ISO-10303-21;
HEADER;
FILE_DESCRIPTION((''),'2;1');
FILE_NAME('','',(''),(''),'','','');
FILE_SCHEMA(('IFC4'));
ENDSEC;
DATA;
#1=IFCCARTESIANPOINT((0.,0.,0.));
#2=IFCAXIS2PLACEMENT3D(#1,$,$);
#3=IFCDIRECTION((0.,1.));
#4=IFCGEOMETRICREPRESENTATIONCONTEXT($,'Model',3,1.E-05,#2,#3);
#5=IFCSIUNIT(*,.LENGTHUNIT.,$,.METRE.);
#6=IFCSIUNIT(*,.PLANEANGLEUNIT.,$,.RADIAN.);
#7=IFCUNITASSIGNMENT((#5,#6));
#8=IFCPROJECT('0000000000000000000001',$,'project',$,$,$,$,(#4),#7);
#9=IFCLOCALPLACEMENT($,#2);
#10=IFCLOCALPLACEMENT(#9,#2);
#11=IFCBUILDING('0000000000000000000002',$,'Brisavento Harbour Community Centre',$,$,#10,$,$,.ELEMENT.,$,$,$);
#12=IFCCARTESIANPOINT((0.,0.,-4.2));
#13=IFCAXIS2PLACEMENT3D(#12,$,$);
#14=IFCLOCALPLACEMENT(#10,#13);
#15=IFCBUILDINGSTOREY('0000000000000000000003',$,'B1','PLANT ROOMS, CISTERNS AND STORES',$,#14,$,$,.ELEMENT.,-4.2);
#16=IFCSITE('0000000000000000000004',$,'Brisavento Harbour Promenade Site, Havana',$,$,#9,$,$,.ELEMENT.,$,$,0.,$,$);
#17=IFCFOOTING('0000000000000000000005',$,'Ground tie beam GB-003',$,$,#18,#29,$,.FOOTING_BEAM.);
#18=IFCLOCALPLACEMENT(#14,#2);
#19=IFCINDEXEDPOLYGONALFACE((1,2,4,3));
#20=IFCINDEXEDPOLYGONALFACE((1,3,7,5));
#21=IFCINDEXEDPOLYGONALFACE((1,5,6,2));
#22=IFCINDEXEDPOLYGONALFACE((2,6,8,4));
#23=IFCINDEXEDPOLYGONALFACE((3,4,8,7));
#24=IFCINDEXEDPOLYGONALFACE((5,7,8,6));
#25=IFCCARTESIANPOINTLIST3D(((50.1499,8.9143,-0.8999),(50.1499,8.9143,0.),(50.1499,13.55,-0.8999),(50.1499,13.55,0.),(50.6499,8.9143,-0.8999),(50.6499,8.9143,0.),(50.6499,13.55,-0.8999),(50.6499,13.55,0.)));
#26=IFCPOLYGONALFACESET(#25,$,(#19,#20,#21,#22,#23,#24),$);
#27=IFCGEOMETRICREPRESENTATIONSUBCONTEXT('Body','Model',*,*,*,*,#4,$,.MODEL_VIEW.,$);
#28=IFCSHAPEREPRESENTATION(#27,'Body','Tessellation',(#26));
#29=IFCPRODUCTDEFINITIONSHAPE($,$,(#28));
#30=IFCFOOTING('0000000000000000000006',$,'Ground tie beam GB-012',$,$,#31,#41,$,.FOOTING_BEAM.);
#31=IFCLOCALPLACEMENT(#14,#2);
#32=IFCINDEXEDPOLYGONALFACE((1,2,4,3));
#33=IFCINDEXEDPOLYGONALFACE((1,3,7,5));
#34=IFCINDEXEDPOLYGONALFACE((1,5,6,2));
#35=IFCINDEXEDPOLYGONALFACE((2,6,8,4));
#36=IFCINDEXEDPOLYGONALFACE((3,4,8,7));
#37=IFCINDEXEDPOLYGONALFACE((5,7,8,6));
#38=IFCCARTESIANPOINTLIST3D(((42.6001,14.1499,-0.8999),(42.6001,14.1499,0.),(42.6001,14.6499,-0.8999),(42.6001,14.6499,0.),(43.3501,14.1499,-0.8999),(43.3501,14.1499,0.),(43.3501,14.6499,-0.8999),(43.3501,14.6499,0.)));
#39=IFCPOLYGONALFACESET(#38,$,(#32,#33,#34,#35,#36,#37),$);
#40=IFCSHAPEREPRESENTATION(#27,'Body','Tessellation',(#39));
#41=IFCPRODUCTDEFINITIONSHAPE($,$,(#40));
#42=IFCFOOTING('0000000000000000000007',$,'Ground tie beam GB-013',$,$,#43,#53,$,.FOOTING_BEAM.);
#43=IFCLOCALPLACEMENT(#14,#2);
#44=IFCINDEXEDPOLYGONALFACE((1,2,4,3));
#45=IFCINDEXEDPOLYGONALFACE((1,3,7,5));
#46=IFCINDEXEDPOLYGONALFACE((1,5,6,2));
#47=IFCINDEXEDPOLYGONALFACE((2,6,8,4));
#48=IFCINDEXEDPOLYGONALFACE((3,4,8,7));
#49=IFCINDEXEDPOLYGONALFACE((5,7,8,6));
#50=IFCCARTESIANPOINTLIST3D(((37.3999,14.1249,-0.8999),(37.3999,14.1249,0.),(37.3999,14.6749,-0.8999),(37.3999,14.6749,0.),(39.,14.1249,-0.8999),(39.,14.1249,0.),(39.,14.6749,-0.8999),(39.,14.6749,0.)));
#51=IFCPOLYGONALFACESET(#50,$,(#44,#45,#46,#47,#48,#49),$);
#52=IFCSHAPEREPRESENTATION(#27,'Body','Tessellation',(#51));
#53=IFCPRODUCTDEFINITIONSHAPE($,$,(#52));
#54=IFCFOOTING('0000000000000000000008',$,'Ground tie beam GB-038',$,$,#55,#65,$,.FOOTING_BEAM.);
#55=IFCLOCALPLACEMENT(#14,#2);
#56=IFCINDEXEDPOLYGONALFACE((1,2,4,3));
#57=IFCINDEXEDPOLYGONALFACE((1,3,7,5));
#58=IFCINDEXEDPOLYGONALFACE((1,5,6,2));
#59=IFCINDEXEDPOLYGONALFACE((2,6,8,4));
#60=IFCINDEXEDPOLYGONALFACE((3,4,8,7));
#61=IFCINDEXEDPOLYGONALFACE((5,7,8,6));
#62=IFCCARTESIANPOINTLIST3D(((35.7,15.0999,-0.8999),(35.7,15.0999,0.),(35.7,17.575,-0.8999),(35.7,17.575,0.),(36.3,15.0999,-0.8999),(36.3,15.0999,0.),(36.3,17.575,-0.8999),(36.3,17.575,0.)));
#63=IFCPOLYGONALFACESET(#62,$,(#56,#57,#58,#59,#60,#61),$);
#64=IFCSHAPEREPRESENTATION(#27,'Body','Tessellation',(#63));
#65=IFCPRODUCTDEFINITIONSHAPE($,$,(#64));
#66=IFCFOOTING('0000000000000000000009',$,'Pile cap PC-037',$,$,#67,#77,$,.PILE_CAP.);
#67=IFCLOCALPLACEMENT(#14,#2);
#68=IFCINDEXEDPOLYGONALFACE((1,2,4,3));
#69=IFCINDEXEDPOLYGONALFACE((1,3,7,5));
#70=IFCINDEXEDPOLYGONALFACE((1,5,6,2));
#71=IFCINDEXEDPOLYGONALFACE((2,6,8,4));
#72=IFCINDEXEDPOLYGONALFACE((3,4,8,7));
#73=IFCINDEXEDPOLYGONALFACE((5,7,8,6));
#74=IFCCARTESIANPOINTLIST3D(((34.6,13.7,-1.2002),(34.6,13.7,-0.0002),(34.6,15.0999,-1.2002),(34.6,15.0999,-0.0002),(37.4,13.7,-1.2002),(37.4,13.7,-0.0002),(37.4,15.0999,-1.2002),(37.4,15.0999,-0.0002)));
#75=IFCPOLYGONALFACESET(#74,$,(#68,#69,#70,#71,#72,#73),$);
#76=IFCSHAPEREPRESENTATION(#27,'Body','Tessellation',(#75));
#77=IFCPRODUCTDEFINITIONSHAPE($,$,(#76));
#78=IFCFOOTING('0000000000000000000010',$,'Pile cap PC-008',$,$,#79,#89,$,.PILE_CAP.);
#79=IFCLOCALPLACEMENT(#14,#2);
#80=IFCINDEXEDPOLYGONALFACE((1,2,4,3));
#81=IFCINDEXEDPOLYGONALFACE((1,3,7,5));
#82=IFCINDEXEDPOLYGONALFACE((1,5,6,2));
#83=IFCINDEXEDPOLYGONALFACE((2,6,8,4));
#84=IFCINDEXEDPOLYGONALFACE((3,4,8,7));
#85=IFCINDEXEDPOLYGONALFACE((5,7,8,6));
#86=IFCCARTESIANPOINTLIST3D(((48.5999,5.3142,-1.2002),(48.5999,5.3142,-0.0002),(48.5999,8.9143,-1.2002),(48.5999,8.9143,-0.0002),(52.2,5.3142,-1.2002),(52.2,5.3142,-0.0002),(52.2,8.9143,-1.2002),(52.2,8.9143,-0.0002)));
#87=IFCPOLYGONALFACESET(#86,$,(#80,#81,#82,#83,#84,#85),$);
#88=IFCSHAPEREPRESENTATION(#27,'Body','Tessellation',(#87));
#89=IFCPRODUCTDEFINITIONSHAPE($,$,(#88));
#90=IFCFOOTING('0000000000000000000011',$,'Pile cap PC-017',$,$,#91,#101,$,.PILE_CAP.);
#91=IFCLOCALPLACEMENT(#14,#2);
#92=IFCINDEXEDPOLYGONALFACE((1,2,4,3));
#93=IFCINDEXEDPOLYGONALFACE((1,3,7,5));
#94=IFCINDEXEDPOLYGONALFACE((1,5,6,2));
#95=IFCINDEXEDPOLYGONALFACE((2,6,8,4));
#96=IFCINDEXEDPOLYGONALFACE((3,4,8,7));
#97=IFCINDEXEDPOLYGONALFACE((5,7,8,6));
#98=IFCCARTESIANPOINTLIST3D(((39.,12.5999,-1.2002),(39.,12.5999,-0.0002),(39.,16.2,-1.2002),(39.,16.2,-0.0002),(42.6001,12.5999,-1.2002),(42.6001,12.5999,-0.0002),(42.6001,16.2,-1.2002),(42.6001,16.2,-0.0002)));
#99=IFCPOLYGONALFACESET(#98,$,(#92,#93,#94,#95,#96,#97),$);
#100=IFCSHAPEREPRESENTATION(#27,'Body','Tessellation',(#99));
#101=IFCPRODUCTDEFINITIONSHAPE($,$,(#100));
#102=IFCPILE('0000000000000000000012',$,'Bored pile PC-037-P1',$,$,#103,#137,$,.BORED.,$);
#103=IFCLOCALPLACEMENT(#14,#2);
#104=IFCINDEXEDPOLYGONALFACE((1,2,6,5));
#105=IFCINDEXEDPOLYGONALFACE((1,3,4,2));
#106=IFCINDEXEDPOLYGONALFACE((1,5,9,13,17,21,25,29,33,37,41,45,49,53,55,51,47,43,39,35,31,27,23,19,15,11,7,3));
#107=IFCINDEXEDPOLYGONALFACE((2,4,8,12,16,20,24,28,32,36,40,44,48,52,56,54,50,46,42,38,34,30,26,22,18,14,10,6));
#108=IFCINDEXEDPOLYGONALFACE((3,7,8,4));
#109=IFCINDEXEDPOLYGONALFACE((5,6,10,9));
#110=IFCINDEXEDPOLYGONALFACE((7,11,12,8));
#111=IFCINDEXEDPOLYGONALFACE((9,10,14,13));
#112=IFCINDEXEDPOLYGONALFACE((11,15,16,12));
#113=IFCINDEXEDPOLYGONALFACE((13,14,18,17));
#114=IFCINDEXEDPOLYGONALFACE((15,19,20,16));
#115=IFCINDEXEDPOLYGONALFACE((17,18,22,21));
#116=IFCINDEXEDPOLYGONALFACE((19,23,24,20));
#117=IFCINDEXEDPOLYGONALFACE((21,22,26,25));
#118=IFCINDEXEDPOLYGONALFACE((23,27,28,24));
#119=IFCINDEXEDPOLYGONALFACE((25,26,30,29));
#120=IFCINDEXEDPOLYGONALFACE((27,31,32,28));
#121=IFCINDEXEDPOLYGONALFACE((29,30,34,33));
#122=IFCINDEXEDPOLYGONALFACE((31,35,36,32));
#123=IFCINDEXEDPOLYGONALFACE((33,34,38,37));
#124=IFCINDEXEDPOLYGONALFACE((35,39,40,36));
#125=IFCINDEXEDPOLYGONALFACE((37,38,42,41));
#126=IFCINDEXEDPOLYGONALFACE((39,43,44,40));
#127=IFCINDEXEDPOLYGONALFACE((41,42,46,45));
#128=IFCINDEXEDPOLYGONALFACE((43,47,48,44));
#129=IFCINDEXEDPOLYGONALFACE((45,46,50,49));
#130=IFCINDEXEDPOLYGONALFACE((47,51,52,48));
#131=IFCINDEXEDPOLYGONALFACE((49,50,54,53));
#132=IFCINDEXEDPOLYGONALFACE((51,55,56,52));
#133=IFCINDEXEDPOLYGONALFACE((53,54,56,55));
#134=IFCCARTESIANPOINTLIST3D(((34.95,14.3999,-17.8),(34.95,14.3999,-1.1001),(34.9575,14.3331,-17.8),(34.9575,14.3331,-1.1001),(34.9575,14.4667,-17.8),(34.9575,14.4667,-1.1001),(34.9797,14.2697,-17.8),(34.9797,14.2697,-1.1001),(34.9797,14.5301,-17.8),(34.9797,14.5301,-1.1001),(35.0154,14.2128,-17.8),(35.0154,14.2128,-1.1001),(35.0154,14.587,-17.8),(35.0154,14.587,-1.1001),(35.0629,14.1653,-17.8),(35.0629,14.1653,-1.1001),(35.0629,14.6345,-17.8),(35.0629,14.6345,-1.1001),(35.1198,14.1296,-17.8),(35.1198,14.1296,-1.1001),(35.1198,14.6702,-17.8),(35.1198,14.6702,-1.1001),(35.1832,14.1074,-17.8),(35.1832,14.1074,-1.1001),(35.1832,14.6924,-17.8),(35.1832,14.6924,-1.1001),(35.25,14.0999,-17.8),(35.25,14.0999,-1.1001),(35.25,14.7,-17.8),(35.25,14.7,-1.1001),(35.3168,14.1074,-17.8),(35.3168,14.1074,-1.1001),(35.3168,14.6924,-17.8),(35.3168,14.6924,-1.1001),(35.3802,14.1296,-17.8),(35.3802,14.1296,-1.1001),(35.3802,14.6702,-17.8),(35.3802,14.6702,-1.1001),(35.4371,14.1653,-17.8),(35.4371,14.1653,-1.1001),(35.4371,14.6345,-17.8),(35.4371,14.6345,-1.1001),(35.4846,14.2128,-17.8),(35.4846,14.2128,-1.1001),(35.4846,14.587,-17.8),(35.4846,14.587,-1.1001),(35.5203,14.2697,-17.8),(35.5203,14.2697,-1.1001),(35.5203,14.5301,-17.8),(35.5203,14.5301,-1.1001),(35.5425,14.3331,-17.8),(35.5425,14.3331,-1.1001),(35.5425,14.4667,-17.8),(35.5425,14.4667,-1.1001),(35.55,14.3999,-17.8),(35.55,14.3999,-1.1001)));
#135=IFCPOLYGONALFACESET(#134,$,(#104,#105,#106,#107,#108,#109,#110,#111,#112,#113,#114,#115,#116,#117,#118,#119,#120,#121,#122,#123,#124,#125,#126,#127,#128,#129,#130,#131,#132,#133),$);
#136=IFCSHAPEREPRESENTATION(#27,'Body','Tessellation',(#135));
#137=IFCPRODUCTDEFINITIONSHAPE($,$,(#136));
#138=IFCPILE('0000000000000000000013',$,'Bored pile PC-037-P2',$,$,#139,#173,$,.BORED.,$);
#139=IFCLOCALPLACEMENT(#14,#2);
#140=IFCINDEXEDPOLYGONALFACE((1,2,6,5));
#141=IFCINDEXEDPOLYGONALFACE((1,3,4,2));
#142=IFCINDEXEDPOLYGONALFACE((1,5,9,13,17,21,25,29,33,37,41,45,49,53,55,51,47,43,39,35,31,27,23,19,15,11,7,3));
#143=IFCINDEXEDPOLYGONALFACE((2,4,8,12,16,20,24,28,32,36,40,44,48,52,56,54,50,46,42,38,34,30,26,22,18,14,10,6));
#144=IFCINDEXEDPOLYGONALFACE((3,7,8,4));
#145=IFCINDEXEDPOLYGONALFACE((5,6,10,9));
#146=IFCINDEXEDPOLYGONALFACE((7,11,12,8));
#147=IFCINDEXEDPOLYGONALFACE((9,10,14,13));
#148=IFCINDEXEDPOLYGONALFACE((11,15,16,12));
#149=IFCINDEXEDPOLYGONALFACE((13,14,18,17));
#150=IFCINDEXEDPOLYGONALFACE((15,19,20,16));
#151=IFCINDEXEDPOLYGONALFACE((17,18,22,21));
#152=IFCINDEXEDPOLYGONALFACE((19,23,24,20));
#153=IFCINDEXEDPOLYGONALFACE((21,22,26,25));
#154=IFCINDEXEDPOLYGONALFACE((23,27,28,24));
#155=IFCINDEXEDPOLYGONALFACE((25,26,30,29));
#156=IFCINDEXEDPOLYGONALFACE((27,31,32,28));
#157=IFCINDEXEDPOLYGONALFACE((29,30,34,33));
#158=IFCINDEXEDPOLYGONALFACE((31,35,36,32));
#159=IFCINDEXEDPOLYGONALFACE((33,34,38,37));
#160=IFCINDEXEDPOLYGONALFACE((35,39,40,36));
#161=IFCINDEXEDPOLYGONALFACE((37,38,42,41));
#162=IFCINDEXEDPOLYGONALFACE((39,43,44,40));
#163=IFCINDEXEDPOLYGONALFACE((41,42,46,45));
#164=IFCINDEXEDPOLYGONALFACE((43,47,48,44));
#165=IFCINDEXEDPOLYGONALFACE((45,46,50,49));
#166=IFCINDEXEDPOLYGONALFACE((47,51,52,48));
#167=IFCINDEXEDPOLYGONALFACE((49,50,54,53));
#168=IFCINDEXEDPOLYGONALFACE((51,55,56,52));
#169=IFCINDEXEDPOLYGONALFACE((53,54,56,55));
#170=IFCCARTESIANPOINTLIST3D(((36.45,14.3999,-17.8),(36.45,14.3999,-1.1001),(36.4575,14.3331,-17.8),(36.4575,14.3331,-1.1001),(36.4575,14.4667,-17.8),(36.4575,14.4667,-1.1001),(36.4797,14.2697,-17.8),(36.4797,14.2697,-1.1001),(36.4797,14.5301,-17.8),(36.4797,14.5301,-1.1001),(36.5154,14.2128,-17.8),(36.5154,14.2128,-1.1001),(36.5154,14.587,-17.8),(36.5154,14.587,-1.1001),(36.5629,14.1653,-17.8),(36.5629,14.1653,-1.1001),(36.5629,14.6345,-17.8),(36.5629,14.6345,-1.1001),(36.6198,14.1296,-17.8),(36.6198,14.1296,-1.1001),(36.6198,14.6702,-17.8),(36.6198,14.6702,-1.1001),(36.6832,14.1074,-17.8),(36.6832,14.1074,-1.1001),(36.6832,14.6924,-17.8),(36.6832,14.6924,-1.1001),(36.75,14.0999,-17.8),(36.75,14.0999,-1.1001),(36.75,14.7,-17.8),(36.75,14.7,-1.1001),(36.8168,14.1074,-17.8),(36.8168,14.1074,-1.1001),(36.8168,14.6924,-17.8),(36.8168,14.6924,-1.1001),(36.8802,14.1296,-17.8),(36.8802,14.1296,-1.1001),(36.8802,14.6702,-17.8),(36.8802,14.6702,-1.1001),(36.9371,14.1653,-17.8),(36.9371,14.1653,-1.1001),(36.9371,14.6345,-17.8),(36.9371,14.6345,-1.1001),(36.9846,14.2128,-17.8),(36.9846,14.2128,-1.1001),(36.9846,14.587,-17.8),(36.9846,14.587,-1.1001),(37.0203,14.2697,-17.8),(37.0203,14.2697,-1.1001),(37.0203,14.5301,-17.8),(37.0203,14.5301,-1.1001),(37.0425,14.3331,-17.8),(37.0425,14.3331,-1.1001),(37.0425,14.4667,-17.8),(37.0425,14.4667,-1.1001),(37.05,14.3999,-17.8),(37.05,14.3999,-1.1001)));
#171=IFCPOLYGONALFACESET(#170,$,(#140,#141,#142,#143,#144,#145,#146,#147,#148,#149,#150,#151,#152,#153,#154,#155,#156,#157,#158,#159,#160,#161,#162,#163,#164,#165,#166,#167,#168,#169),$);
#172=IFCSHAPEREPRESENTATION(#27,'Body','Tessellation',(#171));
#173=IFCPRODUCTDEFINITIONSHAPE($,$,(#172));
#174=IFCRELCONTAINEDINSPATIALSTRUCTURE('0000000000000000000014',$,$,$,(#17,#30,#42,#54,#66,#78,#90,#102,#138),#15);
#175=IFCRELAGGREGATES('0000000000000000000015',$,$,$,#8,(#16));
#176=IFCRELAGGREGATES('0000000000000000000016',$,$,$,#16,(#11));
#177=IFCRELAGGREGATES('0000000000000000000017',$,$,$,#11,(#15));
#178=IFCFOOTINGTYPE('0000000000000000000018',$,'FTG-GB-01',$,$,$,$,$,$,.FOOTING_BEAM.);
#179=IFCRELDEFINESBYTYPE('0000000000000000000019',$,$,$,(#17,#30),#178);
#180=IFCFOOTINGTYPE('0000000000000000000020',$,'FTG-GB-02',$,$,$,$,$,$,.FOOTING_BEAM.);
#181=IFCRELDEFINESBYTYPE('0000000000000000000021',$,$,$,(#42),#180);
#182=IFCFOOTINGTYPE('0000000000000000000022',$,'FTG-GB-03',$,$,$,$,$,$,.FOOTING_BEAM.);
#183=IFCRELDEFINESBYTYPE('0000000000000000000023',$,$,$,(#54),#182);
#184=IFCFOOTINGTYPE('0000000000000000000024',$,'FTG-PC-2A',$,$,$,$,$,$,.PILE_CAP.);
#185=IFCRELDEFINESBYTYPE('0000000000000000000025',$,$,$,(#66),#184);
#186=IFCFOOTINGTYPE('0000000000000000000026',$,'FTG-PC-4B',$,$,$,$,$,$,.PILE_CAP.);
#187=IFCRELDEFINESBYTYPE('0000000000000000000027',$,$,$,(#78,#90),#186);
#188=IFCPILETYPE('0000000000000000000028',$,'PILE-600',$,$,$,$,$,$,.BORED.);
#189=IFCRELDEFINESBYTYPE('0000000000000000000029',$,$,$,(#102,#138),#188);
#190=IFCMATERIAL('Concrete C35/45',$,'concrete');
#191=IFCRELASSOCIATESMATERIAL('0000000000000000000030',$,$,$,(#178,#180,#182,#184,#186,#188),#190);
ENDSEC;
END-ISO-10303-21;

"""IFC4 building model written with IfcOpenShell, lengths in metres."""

from ifc_helpers import new_model, si_unit, direction, frame, origin, origin_2d, place, context, subcontext, project, spatial, rectangle, circle, extrude, material, material_profile, profile_set, type_object, element, save


model = new_model("IFC4")

# Units and contexts
model_context = context("Model", 3, precision=1e-05, world=origin(), true_north=direction((0.0, 1.0)))
body_context = subcontext(model_context, "Body", "Model", "MODEL_VIEW")
ifc_project = project(units=[si_unit("LENGTHUNIT", "METRE"), si_unit("PLANEANGLEUNIT", "RADIAN")], contexts=[model_context])

# Site, building, storey
site_placement = place(None, origin())
site = spatial("IfcSite", under=ifc_project, at=site_placement, Name="Brisavento Harbour Promenade Site, Havana", CompositionType="ELEMENT", RefElevation=0.0)
building_placement = place(site_placement, origin())
building = spatial("IfcBuilding", under=site, at=building_placement, Name="Brisavento Harbour Community Centre", CompositionType="ELEMENT")
storey_placement = place(building_placement, frame((0.0, 0.0, -4.2)))
storey = spatial("IfcBuildingStorey", under=building, at=storey_placement, Name="B1", Description="PLANT ROOMS, CISTERNS AND STORES", CompositionType="ELEMENT", Elevation=-4.2)

# Footings
ifc_material_1 = material(Name="Concrete C35/45", Category="concrete")
footing_type_1 = type_object("IfcFootingType", Name="FTG-GB-01", PredefinedType="FOOTING_BEAM", material=ifc_material_1)
footing_1_placement = place(storey_placement, frame((50.3999, 11.2322, -0.8999), z_axis=(0.0, 0.0, 1.0), x_axis=(1.0, 0.0, 0.0)))
element("IfcFooting", 1, at=footing_1_placement, inside=storey, type_object=footing_type_1, Name="Ground tie beam GB-003", PredefinedType="FOOTING_BEAM", context=body_context, shape_type="SweptSolid", body=[
    extrude(rectangle(XDim=0.5, YDim=4.6357, at=origin_2d()), origin(), (0.0, 0.0, 1.0), 0.8999),
])
footing_2_placement = place(storey_placement, frame((42.9751, 14.3999, -0.8999), z_axis=(0.0, 0.0, 1.0), x_axis=(1.0, 0.0, 0.0)))
element("IfcFooting", 2, at=footing_2_placement, inside=storey, type_object=footing_type_1, Name="Ground tie beam GB-012", PredefinedType="FOOTING_BEAM", context=body_context, shape_type="SweptSolid", body=[
    extrude(rectangle(XDim=0.75, YDim=0.5, at=origin_2d()), origin(), (0.0, 0.0, 1.0), 0.8999),
])
footing_type_2 = type_object("IfcFootingType", Name="FTG-GB-02", PredefinedType="FOOTING_BEAM", material=ifc_material_1)
footing_3_placement = place(storey_placement, frame((38.2, 14.3999, -0.8999), z_axis=(0.0, 0.0, 1.0), x_axis=(1.0, 0.0, 0.0)))
element("IfcFooting", 3, at=footing_3_placement, inside=storey, type_object=footing_type_2, Name="Ground tie beam GB-013", PredefinedType="FOOTING_BEAM", context=body_context, shape_type="SweptSolid", body=[
    extrude(rectangle(XDim=1.6001, YDim=0.55, at=origin_2d()), origin(), (0.0, 0.0, 1.0), 0.8999),
])
footing_type_3 = type_object("IfcFootingType", Name="FTG-GB-03", PredefinedType="FOOTING_BEAM", material=ifc_material_1)
footing_4_placement = place(storey_placement, frame((36.0, 16.3374, -0.8999), z_axis=(0.0, 0.0, 1.0), x_axis=(1.0, 0.0, 0.0)))
element("IfcFooting", 4, at=footing_4_placement, inside=storey, type_object=footing_type_3, Name="Ground tie beam GB-038", PredefinedType="FOOTING_BEAM", context=body_context, shape_type="SweptSolid", body=[
    extrude(rectangle(XDim=0.6001, YDim=2.4751, at=origin_2d()), origin(), (0.0, 0.0, 1.0), 0.8999),
])
footing_type_4 = type_object("IfcFootingType", Name="FTG-PC-2A", PredefinedType="PILE_CAP", material=ifc_material_1)
footing_5_placement = place(storey_placement, frame((36.0, 14.3999, -1.2002), z_axis=(0.0, 0.0, 1.0), x_axis=(1.0, 0.0, 0.0)))
element("IfcFooting", 5, at=footing_5_placement, inside=storey, type_object=footing_type_4, Name="Pile cap PC-037", PredefinedType="PILE_CAP", context=body_context, shape_type="SweptSolid", body=[
    extrude(rectangle(XDim=2.8, YDim=1.3999, at=origin_2d()), origin(), (0.0, 0.0, 1.0), 1.2),
])
footing_type_5 = type_object("IfcFootingType", Name="FTG-PC-4B", PredefinedType="PILE_CAP", material=ifc_material_1)
for number, where, z_axis, x_axis, name in (
    (6, (50.3999, 7.1143, -1.2002), (0.0, 0.0, 1.0), (1.0, 0.0, 0.0), "Pile cap PC-008"),
    (7, (40.8, 14.3999, -1.2002), (0.0, 0.0, 1.0), (1.0, 0.0, 0.0), "Pile cap PC-017"),
):
    element("IfcFooting", number, at=place(storey_placement, frame(where, z_axis=z_axis, x_axis=x_axis)), inside=storey, type_object=footing_type_5, Name=name, PredefinedType="PILE_CAP", context=body_context, shape_type="SweptSolid", body=[
        extrude(rectangle(XDim=3.6001, YDim=3.6001, at=origin_2d()), origin(), (0.0, 0.0, 1.0), 1.2),
    ])

# Piles
ifc_material_profile_1 = material_profile(ifc_material_1, circle(Radius=0.3, at=origin_2d()), Name="Concrete C35/45")
ifc_profile_set_1 = profile_set([ifc_material_profile_1], Name="Concrete C35/45")
pile_type_1 = type_object("IfcPileType", Name="PILE-600", PredefinedType="BORED", material=ifc_profile_set_1)
for number, where, z_axis, x_axis, name in (
    (8, (35.25, 14.3999, -1.1001), (0.0, 0.0, -1.0), (1.0, 0.0, 0.0), "Bored pile PC-037-P1"),
    (9, (36.75, 14.3999, -1.1001), (0.0, 0.0, -1.0), (1.0, 0.0, 0.0), "Bored pile PC-037-P2"),
):
    element("IfcPile", number, at=place(storey_placement, frame(where, z_axis=z_axis, x_axis=x_axis)), inside=storey, type_object=pile_type_1, Name=name, PredefinedType="BORED", context=body_context, shape_type="SweptSolid", body=[
        extrude(circle(Radius=0.3, at=origin_2d()), origin(), (0.0, 0.0, 1.0), 16.7),
    ])

save(model, "model.ifc")
